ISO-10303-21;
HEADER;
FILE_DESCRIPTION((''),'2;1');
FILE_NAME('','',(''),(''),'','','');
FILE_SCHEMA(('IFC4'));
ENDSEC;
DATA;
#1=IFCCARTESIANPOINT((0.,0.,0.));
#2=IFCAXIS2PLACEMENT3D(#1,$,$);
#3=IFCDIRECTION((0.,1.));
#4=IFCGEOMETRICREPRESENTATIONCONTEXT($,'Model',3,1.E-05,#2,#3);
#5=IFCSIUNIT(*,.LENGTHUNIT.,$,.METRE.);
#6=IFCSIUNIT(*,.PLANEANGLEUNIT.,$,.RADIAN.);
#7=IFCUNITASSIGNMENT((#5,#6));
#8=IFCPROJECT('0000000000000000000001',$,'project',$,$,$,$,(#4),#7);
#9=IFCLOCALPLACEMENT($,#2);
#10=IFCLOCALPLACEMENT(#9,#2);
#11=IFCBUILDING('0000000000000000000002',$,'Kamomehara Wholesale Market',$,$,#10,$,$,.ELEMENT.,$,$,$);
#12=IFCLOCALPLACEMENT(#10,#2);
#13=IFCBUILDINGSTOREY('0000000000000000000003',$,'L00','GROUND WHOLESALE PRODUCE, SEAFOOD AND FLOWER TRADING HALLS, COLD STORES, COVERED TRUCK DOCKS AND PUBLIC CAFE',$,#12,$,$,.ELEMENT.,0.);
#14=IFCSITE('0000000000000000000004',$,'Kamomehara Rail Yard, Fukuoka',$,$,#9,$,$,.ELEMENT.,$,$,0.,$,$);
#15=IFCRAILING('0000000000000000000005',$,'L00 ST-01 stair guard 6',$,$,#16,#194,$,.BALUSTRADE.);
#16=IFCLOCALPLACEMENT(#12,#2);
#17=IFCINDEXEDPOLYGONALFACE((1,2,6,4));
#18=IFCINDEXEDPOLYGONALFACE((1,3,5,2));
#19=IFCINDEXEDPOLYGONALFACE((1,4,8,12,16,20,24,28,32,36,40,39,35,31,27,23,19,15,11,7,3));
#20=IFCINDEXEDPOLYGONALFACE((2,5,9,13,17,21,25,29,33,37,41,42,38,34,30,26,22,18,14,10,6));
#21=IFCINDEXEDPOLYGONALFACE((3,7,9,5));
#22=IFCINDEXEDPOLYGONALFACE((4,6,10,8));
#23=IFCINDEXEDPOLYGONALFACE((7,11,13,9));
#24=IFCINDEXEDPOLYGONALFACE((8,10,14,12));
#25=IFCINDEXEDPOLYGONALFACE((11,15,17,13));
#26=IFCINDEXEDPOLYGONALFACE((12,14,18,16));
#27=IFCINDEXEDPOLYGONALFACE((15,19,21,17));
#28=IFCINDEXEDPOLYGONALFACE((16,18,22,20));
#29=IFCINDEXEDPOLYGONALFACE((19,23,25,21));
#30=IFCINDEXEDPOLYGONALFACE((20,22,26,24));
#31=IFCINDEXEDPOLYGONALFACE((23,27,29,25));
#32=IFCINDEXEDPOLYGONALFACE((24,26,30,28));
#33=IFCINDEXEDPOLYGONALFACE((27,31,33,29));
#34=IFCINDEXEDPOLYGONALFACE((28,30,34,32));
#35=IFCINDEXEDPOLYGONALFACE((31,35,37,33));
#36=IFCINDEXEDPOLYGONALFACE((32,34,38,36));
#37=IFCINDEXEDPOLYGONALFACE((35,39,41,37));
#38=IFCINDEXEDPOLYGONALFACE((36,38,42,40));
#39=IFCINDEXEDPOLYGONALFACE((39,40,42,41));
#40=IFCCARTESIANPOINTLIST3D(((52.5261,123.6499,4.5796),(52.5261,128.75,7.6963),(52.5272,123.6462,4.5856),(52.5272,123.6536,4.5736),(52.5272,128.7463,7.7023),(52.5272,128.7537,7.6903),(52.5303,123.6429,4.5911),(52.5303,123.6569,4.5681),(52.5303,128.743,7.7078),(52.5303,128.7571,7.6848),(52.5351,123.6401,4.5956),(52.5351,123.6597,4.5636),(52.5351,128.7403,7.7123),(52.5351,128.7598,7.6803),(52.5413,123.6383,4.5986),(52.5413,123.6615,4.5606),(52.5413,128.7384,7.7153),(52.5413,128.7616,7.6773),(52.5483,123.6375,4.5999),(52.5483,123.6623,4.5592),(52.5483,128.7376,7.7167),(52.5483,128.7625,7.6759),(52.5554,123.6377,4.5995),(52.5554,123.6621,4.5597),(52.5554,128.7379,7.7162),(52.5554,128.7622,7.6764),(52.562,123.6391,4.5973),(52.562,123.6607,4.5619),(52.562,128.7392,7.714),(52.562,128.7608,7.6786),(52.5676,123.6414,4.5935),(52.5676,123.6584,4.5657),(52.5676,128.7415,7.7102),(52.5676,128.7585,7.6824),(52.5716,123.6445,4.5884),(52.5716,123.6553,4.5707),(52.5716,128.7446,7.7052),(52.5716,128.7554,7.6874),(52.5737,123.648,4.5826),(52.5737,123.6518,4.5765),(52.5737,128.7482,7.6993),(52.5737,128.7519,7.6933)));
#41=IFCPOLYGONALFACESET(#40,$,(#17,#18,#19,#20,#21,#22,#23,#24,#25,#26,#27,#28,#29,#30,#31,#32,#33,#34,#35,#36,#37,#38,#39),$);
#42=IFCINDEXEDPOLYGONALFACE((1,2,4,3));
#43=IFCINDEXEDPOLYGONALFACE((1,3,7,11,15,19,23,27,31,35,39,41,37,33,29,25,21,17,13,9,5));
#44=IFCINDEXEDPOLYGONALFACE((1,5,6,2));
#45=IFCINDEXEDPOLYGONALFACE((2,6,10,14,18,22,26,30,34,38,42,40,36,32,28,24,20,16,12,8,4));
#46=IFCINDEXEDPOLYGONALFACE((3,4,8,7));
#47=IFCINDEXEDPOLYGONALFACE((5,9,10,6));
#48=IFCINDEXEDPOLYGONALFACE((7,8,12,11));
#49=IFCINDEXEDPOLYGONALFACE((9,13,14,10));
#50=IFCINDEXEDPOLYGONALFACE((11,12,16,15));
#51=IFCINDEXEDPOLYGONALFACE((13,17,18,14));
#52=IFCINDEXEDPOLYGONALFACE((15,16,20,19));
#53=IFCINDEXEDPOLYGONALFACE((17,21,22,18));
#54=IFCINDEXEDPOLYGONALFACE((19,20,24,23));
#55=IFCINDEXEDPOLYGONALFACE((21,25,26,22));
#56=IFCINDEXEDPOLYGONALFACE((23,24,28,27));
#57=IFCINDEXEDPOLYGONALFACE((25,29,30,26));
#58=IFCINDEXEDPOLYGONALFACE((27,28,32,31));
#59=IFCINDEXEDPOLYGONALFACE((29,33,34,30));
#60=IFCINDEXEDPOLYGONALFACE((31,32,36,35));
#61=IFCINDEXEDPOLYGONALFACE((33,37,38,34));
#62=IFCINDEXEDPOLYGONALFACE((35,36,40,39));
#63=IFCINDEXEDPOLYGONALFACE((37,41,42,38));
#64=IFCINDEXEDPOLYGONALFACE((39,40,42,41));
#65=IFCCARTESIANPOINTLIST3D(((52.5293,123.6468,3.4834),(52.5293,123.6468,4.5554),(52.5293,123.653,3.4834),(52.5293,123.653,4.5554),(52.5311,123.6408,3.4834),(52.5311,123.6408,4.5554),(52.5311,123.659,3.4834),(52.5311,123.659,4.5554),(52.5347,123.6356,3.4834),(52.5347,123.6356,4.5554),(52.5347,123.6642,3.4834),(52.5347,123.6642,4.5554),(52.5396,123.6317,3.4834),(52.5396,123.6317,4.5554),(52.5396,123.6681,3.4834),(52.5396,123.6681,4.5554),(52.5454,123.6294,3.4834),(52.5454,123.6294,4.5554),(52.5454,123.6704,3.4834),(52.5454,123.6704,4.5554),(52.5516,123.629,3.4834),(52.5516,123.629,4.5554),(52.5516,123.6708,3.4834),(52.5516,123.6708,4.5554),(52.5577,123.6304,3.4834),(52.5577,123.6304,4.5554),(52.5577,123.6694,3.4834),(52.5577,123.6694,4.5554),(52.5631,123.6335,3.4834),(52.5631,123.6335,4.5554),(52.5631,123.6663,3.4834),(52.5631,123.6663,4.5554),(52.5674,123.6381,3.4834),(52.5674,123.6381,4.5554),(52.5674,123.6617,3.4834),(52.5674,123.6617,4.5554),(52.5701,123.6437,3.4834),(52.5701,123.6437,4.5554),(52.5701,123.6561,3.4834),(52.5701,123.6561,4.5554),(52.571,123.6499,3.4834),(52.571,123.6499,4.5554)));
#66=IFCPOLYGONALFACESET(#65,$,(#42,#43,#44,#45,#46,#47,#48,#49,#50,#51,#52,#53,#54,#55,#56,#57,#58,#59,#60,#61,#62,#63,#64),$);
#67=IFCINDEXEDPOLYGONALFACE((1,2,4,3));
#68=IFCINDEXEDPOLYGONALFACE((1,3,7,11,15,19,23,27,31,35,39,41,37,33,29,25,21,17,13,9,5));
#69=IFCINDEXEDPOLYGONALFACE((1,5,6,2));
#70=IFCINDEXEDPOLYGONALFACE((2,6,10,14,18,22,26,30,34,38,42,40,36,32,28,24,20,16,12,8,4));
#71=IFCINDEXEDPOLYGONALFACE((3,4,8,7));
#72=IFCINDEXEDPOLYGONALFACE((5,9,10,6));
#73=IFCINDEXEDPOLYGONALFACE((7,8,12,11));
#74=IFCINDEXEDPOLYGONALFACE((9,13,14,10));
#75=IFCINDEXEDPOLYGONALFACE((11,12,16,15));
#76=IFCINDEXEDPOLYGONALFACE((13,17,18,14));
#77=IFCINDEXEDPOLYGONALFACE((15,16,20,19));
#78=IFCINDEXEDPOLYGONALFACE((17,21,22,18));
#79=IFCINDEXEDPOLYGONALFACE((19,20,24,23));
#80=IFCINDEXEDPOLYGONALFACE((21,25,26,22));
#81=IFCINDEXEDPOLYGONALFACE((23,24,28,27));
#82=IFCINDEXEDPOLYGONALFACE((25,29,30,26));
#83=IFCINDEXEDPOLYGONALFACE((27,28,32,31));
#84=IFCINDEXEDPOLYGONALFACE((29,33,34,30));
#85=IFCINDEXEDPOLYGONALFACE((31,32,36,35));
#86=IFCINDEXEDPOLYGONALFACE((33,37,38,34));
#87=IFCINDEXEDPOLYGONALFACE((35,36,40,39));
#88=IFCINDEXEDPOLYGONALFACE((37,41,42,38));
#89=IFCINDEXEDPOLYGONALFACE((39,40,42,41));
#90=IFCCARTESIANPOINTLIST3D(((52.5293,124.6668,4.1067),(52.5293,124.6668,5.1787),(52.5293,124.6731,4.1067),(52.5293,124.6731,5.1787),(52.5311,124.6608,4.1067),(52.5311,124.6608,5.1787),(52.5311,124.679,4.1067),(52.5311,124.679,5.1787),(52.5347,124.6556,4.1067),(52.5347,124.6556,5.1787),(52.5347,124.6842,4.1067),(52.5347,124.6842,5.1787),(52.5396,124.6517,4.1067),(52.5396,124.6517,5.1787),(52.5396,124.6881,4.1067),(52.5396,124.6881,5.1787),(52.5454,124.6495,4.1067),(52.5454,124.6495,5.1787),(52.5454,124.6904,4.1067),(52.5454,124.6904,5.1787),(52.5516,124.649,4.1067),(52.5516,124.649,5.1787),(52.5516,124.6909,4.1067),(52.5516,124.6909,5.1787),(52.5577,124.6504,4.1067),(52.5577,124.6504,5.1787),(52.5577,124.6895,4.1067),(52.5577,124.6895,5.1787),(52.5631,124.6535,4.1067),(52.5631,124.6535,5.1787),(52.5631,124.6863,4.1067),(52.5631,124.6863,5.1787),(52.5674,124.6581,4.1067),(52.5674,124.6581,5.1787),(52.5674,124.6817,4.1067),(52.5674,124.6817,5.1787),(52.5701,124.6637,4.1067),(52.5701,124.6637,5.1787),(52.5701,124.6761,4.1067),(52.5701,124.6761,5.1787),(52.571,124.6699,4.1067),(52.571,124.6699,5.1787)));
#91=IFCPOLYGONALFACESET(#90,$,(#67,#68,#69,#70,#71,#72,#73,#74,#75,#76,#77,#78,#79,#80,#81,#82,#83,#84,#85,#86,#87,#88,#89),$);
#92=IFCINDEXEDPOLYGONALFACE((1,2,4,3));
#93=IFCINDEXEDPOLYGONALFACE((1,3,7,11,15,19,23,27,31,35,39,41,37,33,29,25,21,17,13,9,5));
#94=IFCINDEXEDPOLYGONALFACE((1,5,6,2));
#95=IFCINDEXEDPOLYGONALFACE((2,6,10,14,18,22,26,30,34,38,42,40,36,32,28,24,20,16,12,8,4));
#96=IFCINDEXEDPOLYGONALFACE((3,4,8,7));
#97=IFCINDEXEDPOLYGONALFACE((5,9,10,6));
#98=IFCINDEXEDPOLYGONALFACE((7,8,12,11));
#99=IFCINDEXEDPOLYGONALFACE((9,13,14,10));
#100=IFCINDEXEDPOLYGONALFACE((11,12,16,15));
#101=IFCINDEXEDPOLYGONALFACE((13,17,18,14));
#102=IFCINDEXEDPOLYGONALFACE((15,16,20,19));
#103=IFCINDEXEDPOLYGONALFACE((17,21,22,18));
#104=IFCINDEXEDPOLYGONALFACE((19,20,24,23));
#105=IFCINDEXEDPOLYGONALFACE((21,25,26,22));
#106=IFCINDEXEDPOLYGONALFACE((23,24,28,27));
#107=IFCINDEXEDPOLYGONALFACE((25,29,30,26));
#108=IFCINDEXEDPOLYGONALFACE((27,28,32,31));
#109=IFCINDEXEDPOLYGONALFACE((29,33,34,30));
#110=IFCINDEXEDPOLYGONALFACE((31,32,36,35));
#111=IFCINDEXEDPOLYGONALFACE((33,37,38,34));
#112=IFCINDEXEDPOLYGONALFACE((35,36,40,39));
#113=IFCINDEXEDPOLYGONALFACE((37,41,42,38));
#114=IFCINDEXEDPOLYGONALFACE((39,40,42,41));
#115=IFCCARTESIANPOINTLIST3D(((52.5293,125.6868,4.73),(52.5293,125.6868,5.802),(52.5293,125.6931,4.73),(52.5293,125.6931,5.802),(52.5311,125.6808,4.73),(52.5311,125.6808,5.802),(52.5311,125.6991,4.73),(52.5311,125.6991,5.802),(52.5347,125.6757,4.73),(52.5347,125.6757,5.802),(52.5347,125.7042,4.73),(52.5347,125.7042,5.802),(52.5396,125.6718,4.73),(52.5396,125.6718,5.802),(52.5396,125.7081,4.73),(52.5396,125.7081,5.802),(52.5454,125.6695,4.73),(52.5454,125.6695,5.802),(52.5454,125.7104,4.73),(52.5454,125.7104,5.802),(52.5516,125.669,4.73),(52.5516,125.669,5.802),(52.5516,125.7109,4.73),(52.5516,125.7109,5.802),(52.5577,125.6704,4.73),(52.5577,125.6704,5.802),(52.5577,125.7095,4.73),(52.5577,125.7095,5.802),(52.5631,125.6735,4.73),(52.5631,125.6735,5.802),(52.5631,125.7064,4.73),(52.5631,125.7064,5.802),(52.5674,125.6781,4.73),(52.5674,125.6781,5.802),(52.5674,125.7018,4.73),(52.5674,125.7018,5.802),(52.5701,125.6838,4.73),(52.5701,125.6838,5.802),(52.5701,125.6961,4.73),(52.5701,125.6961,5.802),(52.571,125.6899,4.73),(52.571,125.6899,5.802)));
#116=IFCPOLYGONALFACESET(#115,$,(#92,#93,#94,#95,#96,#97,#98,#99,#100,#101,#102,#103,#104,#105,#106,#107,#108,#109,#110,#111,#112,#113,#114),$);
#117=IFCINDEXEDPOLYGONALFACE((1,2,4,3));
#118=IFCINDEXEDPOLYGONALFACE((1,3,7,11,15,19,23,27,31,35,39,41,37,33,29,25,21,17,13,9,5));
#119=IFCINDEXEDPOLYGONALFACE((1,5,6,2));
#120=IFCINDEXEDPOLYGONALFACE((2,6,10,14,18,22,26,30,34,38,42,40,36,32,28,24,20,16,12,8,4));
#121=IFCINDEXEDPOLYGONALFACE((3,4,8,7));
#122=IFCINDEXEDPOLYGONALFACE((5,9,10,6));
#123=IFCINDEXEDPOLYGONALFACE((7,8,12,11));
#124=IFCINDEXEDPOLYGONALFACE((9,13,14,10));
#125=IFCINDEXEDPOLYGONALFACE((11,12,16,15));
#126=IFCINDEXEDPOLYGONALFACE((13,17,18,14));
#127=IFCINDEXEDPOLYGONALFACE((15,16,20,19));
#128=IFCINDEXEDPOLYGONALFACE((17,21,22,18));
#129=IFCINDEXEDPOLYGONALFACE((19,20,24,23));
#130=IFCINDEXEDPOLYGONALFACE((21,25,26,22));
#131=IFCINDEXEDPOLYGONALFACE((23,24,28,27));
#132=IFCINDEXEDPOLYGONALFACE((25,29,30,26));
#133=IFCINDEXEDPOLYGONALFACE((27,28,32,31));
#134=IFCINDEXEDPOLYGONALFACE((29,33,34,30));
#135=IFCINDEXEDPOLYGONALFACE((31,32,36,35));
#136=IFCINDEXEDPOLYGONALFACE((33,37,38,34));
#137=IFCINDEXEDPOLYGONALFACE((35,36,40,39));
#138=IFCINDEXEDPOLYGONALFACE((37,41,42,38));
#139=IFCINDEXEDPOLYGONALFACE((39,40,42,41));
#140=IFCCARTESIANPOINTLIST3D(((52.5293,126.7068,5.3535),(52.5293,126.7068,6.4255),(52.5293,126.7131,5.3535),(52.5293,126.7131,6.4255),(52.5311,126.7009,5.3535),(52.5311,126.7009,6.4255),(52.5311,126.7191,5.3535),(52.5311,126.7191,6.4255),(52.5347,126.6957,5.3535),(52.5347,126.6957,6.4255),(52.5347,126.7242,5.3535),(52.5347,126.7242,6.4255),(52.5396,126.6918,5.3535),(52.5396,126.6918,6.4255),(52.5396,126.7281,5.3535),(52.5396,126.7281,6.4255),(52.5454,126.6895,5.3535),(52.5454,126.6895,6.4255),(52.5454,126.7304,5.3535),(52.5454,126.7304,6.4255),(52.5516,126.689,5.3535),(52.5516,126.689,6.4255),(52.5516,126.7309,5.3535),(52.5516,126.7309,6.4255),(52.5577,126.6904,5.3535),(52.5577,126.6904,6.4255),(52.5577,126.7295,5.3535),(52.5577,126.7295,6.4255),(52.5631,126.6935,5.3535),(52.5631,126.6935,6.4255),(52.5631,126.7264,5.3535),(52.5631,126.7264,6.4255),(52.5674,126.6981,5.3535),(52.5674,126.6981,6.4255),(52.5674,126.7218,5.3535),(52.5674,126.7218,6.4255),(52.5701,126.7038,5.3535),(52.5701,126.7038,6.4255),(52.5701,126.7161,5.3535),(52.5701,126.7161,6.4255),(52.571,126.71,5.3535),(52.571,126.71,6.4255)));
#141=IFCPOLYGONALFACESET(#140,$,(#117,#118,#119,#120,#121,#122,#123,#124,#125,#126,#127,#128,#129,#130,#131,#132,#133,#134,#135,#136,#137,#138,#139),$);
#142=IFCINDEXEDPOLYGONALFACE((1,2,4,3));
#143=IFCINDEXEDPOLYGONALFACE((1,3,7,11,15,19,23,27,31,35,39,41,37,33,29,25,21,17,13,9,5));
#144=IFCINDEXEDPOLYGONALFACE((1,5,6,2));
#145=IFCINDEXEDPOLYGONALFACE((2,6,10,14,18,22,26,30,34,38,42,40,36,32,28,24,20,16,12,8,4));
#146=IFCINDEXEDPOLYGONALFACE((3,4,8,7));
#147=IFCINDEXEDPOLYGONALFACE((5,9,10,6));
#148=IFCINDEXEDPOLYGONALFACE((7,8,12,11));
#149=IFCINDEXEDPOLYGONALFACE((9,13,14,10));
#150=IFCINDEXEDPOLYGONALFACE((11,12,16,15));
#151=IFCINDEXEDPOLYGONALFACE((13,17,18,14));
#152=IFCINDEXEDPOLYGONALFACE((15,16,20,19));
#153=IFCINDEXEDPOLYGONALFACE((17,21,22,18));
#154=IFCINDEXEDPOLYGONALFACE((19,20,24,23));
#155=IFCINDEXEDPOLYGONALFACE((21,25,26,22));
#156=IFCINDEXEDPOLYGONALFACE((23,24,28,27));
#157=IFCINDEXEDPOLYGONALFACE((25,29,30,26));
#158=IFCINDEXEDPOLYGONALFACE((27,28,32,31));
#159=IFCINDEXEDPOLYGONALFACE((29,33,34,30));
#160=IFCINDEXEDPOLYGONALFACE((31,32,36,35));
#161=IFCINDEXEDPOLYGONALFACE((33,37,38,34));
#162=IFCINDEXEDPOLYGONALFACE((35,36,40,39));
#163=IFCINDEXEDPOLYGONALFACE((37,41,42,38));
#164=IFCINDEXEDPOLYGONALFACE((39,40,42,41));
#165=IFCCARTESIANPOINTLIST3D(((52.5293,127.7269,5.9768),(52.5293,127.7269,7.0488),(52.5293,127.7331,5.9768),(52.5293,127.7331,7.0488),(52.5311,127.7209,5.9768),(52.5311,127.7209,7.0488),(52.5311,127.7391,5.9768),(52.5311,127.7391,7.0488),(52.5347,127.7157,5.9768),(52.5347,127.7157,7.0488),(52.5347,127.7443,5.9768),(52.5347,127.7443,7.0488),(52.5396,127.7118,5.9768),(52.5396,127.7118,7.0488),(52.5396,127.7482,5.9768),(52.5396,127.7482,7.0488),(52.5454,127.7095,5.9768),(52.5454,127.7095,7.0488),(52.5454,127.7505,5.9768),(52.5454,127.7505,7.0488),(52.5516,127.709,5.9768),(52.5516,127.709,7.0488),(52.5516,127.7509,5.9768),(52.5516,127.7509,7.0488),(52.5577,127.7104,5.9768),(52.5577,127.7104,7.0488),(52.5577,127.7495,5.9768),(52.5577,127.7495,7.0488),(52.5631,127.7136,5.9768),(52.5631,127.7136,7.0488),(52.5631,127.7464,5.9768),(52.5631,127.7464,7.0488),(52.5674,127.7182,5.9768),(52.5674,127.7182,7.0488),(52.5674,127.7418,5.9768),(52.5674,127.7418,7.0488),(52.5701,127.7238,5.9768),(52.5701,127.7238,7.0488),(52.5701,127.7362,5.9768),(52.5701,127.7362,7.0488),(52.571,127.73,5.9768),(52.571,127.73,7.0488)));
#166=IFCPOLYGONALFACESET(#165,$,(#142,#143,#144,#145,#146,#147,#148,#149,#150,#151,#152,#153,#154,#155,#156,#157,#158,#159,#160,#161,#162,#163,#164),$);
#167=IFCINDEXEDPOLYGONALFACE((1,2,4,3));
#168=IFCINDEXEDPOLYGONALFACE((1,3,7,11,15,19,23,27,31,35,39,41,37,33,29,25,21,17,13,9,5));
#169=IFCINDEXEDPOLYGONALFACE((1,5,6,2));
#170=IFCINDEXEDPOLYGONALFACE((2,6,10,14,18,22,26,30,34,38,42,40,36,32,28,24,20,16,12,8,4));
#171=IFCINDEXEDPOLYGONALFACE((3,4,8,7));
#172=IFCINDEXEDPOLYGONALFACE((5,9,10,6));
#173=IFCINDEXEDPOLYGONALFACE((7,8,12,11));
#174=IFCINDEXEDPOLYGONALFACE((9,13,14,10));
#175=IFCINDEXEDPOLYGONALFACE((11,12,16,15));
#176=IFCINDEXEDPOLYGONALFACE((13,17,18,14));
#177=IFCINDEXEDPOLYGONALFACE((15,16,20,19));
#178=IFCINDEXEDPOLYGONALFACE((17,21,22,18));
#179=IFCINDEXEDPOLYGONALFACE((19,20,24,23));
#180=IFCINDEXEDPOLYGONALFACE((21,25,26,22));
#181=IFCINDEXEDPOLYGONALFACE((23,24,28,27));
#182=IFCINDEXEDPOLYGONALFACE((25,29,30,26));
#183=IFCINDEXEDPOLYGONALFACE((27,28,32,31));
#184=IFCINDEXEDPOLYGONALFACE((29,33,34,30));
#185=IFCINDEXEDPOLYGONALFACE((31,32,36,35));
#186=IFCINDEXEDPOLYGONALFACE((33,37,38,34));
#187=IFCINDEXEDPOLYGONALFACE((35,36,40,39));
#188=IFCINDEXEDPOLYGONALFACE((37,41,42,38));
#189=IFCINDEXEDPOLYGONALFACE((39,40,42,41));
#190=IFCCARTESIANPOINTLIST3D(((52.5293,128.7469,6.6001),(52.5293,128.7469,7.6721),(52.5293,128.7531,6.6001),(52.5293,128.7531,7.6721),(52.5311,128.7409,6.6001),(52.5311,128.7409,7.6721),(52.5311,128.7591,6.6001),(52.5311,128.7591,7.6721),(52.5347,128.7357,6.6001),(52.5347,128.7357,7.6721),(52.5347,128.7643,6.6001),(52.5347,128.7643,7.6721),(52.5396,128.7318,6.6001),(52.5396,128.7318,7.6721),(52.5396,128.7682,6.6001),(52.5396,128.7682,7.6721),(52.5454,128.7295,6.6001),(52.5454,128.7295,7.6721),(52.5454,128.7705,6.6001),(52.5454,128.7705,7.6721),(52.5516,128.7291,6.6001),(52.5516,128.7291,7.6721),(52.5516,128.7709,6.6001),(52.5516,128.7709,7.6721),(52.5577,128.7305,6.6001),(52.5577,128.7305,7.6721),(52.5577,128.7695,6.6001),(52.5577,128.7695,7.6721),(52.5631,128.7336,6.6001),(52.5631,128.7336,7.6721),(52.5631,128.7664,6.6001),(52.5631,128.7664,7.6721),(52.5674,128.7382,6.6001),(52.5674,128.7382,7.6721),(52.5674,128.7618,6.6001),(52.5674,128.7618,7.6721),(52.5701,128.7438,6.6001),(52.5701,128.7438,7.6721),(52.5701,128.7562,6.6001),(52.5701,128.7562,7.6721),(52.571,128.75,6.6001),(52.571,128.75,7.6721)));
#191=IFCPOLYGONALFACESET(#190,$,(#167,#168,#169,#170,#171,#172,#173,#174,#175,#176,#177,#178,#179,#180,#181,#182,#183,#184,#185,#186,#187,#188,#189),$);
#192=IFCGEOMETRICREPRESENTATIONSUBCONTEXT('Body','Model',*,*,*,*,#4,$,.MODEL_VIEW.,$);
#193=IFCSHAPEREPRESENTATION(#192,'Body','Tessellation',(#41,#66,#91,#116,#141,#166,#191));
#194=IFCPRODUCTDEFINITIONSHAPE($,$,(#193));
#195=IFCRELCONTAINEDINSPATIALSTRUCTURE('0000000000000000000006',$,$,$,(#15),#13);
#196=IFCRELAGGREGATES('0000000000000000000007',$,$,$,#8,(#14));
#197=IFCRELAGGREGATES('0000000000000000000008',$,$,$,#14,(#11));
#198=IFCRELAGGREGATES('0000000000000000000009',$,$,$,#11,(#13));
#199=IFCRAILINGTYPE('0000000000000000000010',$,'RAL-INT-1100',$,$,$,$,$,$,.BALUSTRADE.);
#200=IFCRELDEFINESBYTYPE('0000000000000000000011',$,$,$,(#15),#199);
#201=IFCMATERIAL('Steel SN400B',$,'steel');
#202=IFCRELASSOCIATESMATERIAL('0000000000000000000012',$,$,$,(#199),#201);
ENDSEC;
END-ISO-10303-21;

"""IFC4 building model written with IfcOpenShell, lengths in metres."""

from ifc_helpers import new_model, si_unit, direction, frame, origin, origin_2d, place, context, subcontext, project, spatial, circle, extrude, material, type_object, element, save


model = new_model("IFC4")

# Units and contexts
model_context = context("Model", 3, precision=1e-05, world=origin(), true_north=direction((0.0, 1.0)))
body_context = subcontext(model_context, "Body", "Model", "MODEL_VIEW")
ifc_project = project(units=[si_unit("LENGTHUNIT", "METRE"), si_unit("PLANEANGLEUNIT", "RADIAN")], contexts=[model_context])

# Site, building, storey
site_placement = place(None, origin())
site = spatial("IfcSite", under=ifc_project, at=site_placement, Name="Kamomehara Rail Yard, Fukuoka", CompositionType="ELEMENT", RefElevation=0.0)
building_placement = place(site_placement, origin())
building = spatial("IfcBuilding", under=site, at=building_placement, Name="Kamomehara Wholesale Market", CompositionType="ELEMENT")
storey_placement = place(building_placement, origin())
storey = spatial("IfcBuildingStorey", under=building, at=storey_placement, Name="L00", Description="GROUND WHOLESALE PRODUCE, SEAFOOD AND FLOWER TRADING HALLS, COLD STORES, COVERED TRUCK DOCKS AND PUBLIC CAFE", CompositionType="ELEMENT", Elevation=0.0)

# Railing
ifc_material_1 = material(Name="Steel SN400B", Category="steel")
railing_type_1 = type_object("IfcRailingType", Name="RAL-INT-1100", PredefinedType="BALUSTRADE", material=ifc_material_1)
railing_1_placement = place(storey_placement, frame((52.55, 123.6499, 3.4834)))
element("IfcRailing", 1, at=railing_1_placement, inside=storey, type_object=railing_type_1, Name="L00 ST-01 stair guard 6", PredefinedType="BALUSTRADE", context=body_context, shape_type="SweptSolid", body=[
    extrude(circle(Radius=0.0239, at=origin_2d()), frame((0.0, 0.0, 1.0962), z_axis=(0.0, 0.853284, 0.521447), x_axis=(-1.0, 0.0, 0.0)), (0.0, 0.0, 1.0), 5.9771),
    extrude(circle(Radius=0.021, at=origin_2d()), origin(), (0.0, 0.0, 1.0), 1.072),
    extrude(circle(Radius=0.021, at=origin_2d()), frame((0.0, 1.02, 0.6233)), (0.0, 0.0, 1.0), 1.072),
    extrude(circle(Radius=0.021, at=origin_2d()), frame((0.0, 2.04, 1.2466)), (0.0, 0.0, 1.0), 1.072),
    extrude(circle(Radius=0.021, at=origin_2d()), frame((0.0, 3.0601, 1.8701)), (0.0, 0.0, 1.0), 1.072),
    extrude(circle(Radius=0.021, at=origin_2d()), frame((0.0, 4.0801, 2.4934)), (0.0, 0.0, 1.0), 1.072),
    extrude(circle(Radius=0.021, at=origin_2d()), frame((0.0, 5.1001, 3.1167)), (0.0, 0.0, 1.0), 1.072),
])

save(model, "model.ifc")
